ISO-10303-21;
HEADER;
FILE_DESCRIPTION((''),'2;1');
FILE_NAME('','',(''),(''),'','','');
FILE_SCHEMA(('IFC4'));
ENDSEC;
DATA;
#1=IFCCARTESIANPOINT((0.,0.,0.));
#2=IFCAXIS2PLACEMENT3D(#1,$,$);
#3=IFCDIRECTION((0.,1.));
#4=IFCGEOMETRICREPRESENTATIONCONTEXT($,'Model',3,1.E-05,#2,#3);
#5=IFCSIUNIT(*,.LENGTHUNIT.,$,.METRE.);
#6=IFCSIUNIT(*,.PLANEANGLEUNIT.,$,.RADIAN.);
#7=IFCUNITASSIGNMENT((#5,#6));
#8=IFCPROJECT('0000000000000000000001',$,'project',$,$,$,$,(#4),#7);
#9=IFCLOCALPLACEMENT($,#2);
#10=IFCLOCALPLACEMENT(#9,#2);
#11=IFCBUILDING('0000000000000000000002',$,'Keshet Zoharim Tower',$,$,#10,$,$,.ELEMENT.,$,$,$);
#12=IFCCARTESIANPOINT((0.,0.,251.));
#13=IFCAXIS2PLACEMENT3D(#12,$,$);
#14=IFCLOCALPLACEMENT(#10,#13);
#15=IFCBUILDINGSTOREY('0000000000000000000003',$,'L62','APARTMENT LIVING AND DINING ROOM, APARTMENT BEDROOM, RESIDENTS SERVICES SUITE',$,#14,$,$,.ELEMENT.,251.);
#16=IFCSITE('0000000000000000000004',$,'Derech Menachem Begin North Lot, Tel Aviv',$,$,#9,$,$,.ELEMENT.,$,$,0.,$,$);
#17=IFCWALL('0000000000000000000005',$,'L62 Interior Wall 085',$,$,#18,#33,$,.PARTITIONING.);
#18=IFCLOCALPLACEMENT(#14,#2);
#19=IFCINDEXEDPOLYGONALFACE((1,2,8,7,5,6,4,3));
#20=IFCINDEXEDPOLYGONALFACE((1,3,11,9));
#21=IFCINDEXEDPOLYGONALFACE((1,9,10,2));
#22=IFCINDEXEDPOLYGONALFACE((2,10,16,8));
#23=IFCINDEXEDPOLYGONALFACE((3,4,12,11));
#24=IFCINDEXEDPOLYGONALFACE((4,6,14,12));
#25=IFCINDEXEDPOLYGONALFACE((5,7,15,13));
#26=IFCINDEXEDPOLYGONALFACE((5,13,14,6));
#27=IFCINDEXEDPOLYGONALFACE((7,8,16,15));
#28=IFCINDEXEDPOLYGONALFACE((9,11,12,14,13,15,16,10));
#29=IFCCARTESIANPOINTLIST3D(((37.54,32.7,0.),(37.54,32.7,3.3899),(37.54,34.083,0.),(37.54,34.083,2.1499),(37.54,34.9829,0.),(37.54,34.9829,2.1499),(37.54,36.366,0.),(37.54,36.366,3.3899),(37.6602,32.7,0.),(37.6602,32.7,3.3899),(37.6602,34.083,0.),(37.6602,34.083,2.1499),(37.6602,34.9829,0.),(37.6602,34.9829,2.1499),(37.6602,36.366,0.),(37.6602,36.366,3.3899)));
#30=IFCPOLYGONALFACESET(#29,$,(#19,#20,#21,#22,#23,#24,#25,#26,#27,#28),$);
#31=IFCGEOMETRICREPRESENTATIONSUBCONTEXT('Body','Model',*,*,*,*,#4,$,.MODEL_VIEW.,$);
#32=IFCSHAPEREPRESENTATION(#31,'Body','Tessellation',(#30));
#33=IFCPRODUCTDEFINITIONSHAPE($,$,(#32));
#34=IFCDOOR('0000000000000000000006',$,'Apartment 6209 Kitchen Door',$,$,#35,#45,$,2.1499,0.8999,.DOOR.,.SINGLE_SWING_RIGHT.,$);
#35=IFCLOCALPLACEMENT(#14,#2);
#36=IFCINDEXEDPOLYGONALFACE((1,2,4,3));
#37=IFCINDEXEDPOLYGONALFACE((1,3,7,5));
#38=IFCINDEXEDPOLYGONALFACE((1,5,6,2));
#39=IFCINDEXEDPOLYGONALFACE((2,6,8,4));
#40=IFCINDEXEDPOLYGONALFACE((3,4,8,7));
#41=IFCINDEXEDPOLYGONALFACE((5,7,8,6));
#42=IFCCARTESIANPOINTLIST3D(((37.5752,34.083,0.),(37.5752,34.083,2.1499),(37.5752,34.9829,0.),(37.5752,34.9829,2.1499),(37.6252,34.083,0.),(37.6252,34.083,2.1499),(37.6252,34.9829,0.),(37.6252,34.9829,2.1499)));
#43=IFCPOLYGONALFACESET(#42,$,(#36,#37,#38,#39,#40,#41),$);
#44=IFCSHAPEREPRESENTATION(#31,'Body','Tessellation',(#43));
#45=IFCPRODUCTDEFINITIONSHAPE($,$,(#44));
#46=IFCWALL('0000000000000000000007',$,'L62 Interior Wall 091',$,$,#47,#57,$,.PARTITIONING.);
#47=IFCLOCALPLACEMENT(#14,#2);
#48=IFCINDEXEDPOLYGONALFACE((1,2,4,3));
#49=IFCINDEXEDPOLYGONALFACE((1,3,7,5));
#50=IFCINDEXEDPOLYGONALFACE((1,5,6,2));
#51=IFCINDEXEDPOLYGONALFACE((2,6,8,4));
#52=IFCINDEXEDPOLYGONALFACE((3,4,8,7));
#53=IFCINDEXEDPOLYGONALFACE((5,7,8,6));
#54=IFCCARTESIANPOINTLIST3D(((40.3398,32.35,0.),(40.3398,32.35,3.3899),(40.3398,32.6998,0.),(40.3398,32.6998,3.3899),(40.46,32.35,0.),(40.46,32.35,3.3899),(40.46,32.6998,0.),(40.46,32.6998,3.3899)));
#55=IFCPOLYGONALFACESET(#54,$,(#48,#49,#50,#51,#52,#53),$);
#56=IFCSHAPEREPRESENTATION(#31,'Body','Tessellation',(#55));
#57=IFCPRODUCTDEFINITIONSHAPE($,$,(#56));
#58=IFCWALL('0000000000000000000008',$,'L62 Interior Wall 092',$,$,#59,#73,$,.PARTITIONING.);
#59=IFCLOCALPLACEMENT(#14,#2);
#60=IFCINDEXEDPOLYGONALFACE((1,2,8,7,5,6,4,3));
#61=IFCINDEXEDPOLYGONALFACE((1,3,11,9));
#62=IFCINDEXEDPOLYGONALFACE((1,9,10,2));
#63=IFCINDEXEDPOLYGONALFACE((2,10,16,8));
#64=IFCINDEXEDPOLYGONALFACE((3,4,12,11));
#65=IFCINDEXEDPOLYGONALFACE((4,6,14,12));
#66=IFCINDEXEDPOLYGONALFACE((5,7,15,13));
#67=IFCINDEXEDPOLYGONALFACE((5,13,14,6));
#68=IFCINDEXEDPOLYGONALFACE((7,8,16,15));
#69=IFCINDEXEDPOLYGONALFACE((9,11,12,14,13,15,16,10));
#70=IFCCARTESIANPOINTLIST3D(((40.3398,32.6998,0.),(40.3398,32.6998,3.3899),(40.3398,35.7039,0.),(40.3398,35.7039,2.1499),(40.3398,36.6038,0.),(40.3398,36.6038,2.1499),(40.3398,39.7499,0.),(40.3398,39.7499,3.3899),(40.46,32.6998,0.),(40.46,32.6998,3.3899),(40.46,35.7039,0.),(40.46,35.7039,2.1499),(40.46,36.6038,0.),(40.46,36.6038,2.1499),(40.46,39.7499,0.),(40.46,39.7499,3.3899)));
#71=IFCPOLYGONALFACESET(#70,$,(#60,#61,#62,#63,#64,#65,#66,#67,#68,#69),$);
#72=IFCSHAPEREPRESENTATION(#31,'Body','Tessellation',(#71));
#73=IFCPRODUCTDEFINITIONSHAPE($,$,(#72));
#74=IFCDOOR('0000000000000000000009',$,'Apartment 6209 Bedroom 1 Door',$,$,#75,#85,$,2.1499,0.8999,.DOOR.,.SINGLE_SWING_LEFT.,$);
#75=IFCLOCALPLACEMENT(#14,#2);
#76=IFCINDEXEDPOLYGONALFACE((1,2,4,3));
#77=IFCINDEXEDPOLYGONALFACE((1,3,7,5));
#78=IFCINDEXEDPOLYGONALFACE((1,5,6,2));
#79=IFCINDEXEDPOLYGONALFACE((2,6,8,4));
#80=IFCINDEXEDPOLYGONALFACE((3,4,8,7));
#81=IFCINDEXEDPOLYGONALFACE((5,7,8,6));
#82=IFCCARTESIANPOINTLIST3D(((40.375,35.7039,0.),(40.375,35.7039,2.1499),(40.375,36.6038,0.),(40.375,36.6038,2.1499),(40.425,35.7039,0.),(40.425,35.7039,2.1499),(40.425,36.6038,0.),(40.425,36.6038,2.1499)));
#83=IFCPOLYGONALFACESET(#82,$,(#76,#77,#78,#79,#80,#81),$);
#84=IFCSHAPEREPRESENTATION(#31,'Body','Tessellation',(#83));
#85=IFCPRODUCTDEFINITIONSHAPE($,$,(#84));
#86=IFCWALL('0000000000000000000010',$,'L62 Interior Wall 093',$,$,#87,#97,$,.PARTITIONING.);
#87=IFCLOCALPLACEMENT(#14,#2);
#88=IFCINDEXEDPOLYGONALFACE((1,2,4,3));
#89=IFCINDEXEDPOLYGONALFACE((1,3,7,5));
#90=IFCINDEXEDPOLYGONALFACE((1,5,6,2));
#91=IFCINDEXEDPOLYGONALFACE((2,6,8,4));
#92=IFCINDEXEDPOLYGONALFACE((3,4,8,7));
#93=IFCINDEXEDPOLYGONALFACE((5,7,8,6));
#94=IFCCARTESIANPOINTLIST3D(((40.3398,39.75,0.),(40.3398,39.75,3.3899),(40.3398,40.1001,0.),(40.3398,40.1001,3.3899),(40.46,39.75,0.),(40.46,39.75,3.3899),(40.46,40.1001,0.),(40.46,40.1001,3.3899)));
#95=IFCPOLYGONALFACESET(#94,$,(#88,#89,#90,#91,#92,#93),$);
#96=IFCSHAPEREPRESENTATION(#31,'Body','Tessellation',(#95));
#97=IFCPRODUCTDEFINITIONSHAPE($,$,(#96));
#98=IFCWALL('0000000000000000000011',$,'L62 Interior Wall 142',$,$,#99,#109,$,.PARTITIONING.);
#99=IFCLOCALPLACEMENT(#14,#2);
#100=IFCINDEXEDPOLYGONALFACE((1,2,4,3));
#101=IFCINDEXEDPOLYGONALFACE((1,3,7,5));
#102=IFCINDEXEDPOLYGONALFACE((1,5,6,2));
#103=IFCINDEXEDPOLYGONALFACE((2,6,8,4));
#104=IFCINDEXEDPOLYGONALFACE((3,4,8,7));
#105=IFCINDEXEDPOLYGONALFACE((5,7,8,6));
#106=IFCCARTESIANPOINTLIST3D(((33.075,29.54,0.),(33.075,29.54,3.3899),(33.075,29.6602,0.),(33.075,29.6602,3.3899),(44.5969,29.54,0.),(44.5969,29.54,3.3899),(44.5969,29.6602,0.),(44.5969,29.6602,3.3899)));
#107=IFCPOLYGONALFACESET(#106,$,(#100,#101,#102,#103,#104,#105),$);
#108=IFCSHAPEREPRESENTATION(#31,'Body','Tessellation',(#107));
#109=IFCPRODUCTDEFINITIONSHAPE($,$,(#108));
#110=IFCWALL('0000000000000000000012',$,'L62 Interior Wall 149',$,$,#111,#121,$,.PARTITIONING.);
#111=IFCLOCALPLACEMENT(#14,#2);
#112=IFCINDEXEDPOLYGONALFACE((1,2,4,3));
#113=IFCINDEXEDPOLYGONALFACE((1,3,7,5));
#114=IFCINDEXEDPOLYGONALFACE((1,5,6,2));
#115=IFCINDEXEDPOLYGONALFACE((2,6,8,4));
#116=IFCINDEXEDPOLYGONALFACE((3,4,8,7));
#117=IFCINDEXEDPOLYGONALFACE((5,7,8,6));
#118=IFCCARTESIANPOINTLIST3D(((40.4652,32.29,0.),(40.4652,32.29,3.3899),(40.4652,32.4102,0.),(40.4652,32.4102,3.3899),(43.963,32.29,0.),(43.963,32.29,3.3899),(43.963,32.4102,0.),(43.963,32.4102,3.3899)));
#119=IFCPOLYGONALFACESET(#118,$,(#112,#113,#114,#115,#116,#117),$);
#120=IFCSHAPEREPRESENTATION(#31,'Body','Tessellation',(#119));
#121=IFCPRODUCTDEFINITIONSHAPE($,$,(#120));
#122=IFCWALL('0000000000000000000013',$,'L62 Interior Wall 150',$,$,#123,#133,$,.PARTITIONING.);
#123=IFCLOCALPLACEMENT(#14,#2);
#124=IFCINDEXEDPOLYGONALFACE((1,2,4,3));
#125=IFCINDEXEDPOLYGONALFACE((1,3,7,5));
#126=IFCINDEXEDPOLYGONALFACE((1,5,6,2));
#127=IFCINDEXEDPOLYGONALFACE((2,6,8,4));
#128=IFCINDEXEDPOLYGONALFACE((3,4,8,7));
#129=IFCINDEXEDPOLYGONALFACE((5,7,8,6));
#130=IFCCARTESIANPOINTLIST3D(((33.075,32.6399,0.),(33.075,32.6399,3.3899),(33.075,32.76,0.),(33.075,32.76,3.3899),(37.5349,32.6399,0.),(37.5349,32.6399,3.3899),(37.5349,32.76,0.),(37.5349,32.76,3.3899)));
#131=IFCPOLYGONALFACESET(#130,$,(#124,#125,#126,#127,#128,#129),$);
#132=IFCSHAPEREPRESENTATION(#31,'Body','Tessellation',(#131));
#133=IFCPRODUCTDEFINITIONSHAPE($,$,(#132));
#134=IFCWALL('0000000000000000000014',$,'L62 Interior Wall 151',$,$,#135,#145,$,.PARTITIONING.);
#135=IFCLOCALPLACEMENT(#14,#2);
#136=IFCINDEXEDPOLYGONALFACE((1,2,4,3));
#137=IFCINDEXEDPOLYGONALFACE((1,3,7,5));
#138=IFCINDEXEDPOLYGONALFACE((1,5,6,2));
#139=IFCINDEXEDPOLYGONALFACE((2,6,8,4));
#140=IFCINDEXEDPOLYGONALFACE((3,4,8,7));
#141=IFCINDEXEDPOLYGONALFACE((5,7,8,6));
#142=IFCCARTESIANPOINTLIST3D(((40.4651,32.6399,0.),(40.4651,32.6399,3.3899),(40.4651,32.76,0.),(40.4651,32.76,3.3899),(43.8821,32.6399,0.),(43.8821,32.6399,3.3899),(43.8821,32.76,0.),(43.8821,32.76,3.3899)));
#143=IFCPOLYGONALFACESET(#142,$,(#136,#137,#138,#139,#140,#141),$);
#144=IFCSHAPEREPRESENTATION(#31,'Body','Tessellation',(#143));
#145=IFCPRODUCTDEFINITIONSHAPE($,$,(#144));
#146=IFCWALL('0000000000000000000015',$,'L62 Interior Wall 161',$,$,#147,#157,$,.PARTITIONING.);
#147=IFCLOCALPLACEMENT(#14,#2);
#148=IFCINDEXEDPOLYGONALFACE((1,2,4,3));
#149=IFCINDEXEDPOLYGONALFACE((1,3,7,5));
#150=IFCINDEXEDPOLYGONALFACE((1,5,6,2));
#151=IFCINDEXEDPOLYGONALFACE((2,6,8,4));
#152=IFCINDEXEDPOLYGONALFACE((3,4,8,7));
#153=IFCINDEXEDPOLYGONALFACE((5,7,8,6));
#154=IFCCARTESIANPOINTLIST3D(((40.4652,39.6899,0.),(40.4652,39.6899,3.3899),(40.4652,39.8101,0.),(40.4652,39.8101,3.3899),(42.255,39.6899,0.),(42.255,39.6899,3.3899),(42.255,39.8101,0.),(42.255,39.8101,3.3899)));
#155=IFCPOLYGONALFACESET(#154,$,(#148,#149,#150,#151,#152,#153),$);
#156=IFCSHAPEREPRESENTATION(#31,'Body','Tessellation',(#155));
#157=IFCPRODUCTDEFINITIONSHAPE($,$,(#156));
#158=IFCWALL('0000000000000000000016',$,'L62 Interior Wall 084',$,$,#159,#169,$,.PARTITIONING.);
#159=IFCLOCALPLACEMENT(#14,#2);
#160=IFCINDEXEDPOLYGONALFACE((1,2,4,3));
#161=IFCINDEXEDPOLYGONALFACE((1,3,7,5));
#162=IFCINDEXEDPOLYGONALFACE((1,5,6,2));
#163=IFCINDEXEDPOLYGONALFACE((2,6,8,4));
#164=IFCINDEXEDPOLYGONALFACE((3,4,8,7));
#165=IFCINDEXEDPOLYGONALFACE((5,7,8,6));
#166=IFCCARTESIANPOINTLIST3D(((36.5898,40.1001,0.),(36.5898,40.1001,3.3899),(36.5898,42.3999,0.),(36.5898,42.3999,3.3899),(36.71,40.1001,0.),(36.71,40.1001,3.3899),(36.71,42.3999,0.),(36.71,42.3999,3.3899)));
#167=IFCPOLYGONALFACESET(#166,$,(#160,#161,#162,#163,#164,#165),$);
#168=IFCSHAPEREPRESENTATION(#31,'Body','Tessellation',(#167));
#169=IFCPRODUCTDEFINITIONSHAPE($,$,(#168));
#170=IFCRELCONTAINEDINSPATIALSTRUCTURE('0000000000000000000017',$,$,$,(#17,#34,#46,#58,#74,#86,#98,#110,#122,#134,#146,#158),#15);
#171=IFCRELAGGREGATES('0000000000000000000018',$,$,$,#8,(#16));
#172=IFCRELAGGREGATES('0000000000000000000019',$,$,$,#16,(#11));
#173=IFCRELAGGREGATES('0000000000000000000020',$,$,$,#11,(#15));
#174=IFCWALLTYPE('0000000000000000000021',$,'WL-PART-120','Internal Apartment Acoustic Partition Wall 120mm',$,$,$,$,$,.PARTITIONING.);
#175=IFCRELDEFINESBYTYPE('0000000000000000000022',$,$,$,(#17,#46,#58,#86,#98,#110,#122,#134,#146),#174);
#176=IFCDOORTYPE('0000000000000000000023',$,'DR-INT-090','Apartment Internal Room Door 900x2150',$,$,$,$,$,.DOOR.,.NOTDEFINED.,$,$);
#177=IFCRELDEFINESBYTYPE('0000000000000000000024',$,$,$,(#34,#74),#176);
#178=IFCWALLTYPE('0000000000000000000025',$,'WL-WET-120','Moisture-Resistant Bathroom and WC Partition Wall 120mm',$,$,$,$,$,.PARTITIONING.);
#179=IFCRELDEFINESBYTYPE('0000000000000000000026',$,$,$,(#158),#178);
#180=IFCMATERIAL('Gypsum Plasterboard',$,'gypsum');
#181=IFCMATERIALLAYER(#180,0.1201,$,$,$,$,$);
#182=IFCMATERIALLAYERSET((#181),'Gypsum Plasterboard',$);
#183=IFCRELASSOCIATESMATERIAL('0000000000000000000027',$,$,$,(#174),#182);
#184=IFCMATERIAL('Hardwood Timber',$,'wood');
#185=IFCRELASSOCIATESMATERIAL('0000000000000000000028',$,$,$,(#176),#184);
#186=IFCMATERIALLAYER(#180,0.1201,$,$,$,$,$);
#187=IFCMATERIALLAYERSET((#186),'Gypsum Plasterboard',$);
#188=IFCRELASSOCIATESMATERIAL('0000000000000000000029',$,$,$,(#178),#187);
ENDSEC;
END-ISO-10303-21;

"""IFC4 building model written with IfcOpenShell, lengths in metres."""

from ifc_helpers import new_model, si_unit, direction, frame, frame_2d, origin, place, context, subcontext, project, spatial, rectangle, extrude, material, layer, layer_set, type_object, element, fill, save


model = new_model("IFC4")

# Units and contexts
model_context = context("Model", 3, precision=1e-05, world=origin(), true_north=direction((0.0, 1.0)))
body_context = subcontext(model_context, "Body", "Model", "MODEL_VIEW")
ifc_project = project(units=[si_unit("LENGTHUNIT", "METRE"), si_unit("PLANEANGLEUNIT", "RADIAN")], contexts=[model_context])

# Site, building, storey
site_placement = place(None, origin())
site = spatial("IfcSite", under=ifc_project, at=site_placement, Name="Derech Menachem Begin North Lot, Tel Aviv", CompositionType="ELEMENT", RefElevation=0.0)
building_placement = place(site_placement, origin())
building = spatial("IfcBuilding", under=site, at=building_placement, Name="Keshet Zoharim Tower", CompositionType="ELEMENT")
storey_placement = place(building_placement, frame((0.0, 0.0, 251.0)))
storey = spatial("IfcBuildingStorey", under=building, at=storey_placement, Name="L62", Description="APARTMENT LIVING AND DINING ROOM, APARTMENT BEDROOM, RESIDENTS SERVICES SUITE", CompositionType="ELEMENT", Elevation=251.0)

# Wall, opening, door
ifc_material_1 = material(Name="Gypsum Plasterboard", Category="gypsum")
ifc_layer_1 = layer(ifc_material_1, 0.1201)
ifc_layer_set_1 = layer_set([ifc_layer_1], Name="Gypsum Plasterboard")
wall_type_1 = type_object("IfcWallType", Name="WL-PART-120", Description="Internal Apartment Acoustic Partition Wall 120mm", PredefinedType="PARTITIONING", material=ifc_layer_set_1)
wall_1_placement = place(storey_placement, frame((37.6001, 32.7, 0.0), z_axis=(0.0, 0.0, 1.0), x_axis=(0.0, 1.0, 0.0)))
wall_1 = element("IfcWall", 1, at=wall_1_placement, inside=storey, type_object=wall_type_1, Name="L62 Interior Wall 085", PredefinedType="PARTITIONING", context=body_context, shape_type="SweptSolid", body=[
    extrude(rectangle(XDim=3.666, YDim=0.1201, at=frame_2d((1.833, 0.0))), origin(), (0.0, 0.0, 1.0), 3.3899),
])
opening_1_placement = place(wall_1_placement, frame((1.3831, 0.0, 0.0)))
opening_1 = element("IfcOpeningElement", 2, at=opening_1_placement, cuts=wall_1, PredefinedType="OPENING", context=body_context, shape_type="SweptSolid", body=[
    extrude(rectangle(XDim=0.8999, YDim=2.1499, at=frame_2d((0.45, 1.075))), frame((0.0, 0.0701, 0.0), z_axis=(0.0, -1.0, 0.0), x_axis=(1.0, 0.0, 0.0)), (0.0, 0.0, 1.0), 0.1401),
])
ifc_material_2 = material(Name="Hardwood Timber", Category="wood")
door_type_1 = type_object("IfcDoorType", Name="DR-INT-090", Description="Apartment Internal Room Door 900x2150", OperationType="NOTDEFINED", PredefinedType="DOOR", material=ifc_material_2)
door_1_placement = place(opening_1_placement, origin())
door_1 = element("IfcDoor", 3, at=door_1_placement, inside=storey, type_object=door_type_1, Name="Apartment 6209 Kitchen Door", OperationType="SINGLE_SWING_RIGHT", OverallHeight=2.1499, OverallWidth=0.8999, PredefinedType="DOOR", context=body_context, shape_type="SweptSolid", body=[
    extrude(rectangle(XDim=0.8999, YDim=2.1499, at=frame_2d((0.45, 1.075))), frame((0.0, 0.0249, 0.0), z_axis=(0.0, -1.0, 0.0), x_axis=(1.0, 0.0, 0.0)), (0.0, 0.0, 1.0), 0.05),
])
fill(opening_1, door_1)

# Wall
wall_2_placement = place(storey_placement, frame((40.3999, 32.3501, 0.0), z_axis=(0.0, 0.0, 1.0), x_axis=(0.0, 1.0, 0.0)))
element("IfcWall", 4, at=wall_2_placement, inside=storey, type_object=wall_type_1, Name="L62 Interior Wall 091", PredefinedType="PARTITIONING", context=body_context, shape_type="SweptSolid", body=[
    extrude(rectangle(XDim=0.3499, YDim=0.1201, at=frame_2d((0.1748, 0.0))), origin(), (0.0, 0.0, 1.0), 3.3899),
])

# Wall, opening, door
wall_3_placement = place(storey_placement, frame((40.3999, 32.7, 0.0), z_axis=(0.0, 0.0, 1.0), x_axis=(0.0, 1.0, 0.0)))
wall_3 = element("IfcWall", 5, at=wall_3_placement, inside=storey, type_object=wall_type_1, Name="L62 Interior Wall 092", PredefinedType="PARTITIONING", context=body_context, shape_type="SweptSolid", body=[
    extrude(rectangle(XDim=7.05, YDim=0.1201, at=frame_2d((3.5249, 0.0))), origin(), (0.0, 0.0, 1.0), 3.3899),
])
opening_2_placement = place(wall_3_placement, frame((3.0039, 0.0, 0.0)))
opening_2 = element("IfcOpeningElement", 6, at=opening_2_placement, cuts=wall_3, PredefinedType="OPENING", context=body_context, shape_type="SweptSolid", body=[
    extrude(rectangle(XDim=0.8999, YDim=2.1499, at=frame_2d((0.45, 1.075))), frame((0.0, 0.0701, 0.0), z_axis=(0.0, -1.0, 0.0), x_axis=(1.0, 0.0, 0.0)), (0.0, 0.0, 1.0), 0.1401),
])
door_2_placement = place(opening_2_placement, origin())
door_2 = element("IfcDoor", 7, at=door_2_placement, inside=storey, type_object=door_type_1, Name="Apartment 6209 Bedroom 1 Door", OperationType="SINGLE_SWING_LEFT", OverallHeight=2.1499, OverallWidth=0.8999, PredefinedType="DOOR", context=body_context, shape_type="SweptSolid", body=[
    extrude(rectangle(XDim=0.8999, YDim=2.1499, at=frame_2d((0.45, 1.075))), frame((0.0, 0.0249, 0.0), z_axis=(0.0, -1.0, 0.0), x_axis=(1.0, 0.0, 0.0)), (0.0, 0.0, 1.0), 0.05),
])
fill(opening_2, door_2)

# Walls
wall_4_placement = place(storey_placement, frame((40.3999, 39.75, 0.0), z_axis=(0.0, 0.0, 1.0), x_axis=(0.0, 1.0, 0.0)))
element("IfcWall", 8, at=wall_4_placement, inside=storey, type_object=wall_type_1, Name="L62 Interior Wall 093", PredefinedType="PARTITIONING", context=body_context, shape_type="SweptSolid", body=[
    extrude(rectangle(XDim=0.3501, YDim=0.1201, at=frame_2d((0.175, 0.0))), origin(), (0.0, 0.0, 1.0), 3.3899),
])
wall_5_placement = place(storey_placement, frame((33.075, 29.6001, 0.0), z_axis=(0.0, 0.0, 1.0), x_axis=(1.0, 0.0, 0.0)))
element("IfcWall", 9, at=wall_5_placement, inside=storey, type_object=wall_type_1, Name="L62 Interior Wall 142", PredefinedType="PARTITIONING", context=body_context, shape_type="SweptSolid", body=[
    extrude(rectangle(XDim=11.522, YDim=0.1201, at=frame_2d((5.761, 0.0))), origin(), (0.0, 0.0, 1.0), 3.3899),
])
wall_6_placement = place(storey_placement, frame((40.4651, 32.3501, 0.0), z_axis=(0.0, 0.0, 1.0), x_axis=(1.0, 0.0, 0.0)))
element("IfcWall", 10, at=wall_6_placement, inside=storey, type_object=wall_type_1, Name="L62 Interior Wall 149", PredefinedType="PARTITIONING", context=body_context, shape_type="SweptSolid", body=[
    extrude(rectangle(XDim=3.4978, YDim=0.1201, at=frame_2d((1.749, 0.0))), origin(), (0.0, 0.0, 1.0), 3.3899),
])
wall_7_placement = place(storey_placement, frame((33.075, 32.7, 0.0), z_axis=(0.0, 0.0, 1.0), x_axis=(1.0, 0.0, 0.0)))
element("IfcWall", 11, at=wall_7_placement, inside=storey, type_object=wall_type_1, Name="L62 Interior Wall 150", PredefinedType="PARTITIONING", context=body_context, shape_type="SweptSolid", body=[
    extrude(rectangle(XDim=4.46, YDim=0.1201, at=frame_2d((2.23, 0.0))), origin(), (0.0, 0.0, 1.0), 3.3899),
])
wall_8_placement = place(storey_placement, frame((40.4651, 32.7, 0.0), z_axis=(0.0, 0.0, 1.0), x_axis=(1.0, 0.0, 0.0)))
element("IfcWall", 12, at=wall_8_placement, inside=storey, type_object=wall_type_1, Name="L62 Interior Wall 151", PredefinedType="PARTITIONING", context=body_context, shape_type="SweptSolid", body=[
    extrude(rectangle(XDim=3.417, YDim=0.1201, at=frame_2d((1.7085, 0.0))), origin(), (0.0, 0.0, 1.0), 3.3899),
])
wall_9_placement = place(storey_placement, frame((40.4651, 39.75, 0.0), z_axis=(0.0, 0.0, 1.0), x_axis=(1.0, 0.0, 0.0)))
element("IfcWall", 13, at=wall_9_placement, inside=storey, type_object=wall_type_1, Name="L62 Interior Wall 161", PredefinedType="PARTITIONING", context=body_context, shape_type="SweptSolid", body=[
    extrude(rectangle(XDim=1.7898, YDim=0.1201, at=frame_2d((0.895, 0.0))), origin(), (0.0, 0.0, 1.0), 3.3899),
])
ifc_layer_2 = layer(ifc_material_1, 0.1201)
ifc_layer_set_2 = layer_set([ifc_layer_2], Name="Gypsum Plasterboard")
wall_type_2 = type_object("IfcWallType", Name="WL-WET-120", Description="Moisture-Resistant Bathroom and WC Partition Wall 120mm", PredefinedType="PARTITIONING", material=ifc_layer_set_2)
wall_10_placement = place(storey_placement, frame((36.6499, 40.1001, 0.0), z_axis=(0.0, 0.0, 1.0), x_axis=(0.0, 1.0, 0.0)))
element("IfcWall", 14, at=wall_10_placement, inside=storey, type_object=wall_type_2, Name="L62 Interior Wall 084", PredefinedType="PARTITIONING", context=body_context, shape_type="SweptSolid", body=[
    extrude(rectangle(XDim=2.2998, YDim=0.1201, at=frame_2d((1.1499, 0.0))), origin(), (0.0, 0.0, 1.0), 3.3899),
])

save(model, "model.ifc")
